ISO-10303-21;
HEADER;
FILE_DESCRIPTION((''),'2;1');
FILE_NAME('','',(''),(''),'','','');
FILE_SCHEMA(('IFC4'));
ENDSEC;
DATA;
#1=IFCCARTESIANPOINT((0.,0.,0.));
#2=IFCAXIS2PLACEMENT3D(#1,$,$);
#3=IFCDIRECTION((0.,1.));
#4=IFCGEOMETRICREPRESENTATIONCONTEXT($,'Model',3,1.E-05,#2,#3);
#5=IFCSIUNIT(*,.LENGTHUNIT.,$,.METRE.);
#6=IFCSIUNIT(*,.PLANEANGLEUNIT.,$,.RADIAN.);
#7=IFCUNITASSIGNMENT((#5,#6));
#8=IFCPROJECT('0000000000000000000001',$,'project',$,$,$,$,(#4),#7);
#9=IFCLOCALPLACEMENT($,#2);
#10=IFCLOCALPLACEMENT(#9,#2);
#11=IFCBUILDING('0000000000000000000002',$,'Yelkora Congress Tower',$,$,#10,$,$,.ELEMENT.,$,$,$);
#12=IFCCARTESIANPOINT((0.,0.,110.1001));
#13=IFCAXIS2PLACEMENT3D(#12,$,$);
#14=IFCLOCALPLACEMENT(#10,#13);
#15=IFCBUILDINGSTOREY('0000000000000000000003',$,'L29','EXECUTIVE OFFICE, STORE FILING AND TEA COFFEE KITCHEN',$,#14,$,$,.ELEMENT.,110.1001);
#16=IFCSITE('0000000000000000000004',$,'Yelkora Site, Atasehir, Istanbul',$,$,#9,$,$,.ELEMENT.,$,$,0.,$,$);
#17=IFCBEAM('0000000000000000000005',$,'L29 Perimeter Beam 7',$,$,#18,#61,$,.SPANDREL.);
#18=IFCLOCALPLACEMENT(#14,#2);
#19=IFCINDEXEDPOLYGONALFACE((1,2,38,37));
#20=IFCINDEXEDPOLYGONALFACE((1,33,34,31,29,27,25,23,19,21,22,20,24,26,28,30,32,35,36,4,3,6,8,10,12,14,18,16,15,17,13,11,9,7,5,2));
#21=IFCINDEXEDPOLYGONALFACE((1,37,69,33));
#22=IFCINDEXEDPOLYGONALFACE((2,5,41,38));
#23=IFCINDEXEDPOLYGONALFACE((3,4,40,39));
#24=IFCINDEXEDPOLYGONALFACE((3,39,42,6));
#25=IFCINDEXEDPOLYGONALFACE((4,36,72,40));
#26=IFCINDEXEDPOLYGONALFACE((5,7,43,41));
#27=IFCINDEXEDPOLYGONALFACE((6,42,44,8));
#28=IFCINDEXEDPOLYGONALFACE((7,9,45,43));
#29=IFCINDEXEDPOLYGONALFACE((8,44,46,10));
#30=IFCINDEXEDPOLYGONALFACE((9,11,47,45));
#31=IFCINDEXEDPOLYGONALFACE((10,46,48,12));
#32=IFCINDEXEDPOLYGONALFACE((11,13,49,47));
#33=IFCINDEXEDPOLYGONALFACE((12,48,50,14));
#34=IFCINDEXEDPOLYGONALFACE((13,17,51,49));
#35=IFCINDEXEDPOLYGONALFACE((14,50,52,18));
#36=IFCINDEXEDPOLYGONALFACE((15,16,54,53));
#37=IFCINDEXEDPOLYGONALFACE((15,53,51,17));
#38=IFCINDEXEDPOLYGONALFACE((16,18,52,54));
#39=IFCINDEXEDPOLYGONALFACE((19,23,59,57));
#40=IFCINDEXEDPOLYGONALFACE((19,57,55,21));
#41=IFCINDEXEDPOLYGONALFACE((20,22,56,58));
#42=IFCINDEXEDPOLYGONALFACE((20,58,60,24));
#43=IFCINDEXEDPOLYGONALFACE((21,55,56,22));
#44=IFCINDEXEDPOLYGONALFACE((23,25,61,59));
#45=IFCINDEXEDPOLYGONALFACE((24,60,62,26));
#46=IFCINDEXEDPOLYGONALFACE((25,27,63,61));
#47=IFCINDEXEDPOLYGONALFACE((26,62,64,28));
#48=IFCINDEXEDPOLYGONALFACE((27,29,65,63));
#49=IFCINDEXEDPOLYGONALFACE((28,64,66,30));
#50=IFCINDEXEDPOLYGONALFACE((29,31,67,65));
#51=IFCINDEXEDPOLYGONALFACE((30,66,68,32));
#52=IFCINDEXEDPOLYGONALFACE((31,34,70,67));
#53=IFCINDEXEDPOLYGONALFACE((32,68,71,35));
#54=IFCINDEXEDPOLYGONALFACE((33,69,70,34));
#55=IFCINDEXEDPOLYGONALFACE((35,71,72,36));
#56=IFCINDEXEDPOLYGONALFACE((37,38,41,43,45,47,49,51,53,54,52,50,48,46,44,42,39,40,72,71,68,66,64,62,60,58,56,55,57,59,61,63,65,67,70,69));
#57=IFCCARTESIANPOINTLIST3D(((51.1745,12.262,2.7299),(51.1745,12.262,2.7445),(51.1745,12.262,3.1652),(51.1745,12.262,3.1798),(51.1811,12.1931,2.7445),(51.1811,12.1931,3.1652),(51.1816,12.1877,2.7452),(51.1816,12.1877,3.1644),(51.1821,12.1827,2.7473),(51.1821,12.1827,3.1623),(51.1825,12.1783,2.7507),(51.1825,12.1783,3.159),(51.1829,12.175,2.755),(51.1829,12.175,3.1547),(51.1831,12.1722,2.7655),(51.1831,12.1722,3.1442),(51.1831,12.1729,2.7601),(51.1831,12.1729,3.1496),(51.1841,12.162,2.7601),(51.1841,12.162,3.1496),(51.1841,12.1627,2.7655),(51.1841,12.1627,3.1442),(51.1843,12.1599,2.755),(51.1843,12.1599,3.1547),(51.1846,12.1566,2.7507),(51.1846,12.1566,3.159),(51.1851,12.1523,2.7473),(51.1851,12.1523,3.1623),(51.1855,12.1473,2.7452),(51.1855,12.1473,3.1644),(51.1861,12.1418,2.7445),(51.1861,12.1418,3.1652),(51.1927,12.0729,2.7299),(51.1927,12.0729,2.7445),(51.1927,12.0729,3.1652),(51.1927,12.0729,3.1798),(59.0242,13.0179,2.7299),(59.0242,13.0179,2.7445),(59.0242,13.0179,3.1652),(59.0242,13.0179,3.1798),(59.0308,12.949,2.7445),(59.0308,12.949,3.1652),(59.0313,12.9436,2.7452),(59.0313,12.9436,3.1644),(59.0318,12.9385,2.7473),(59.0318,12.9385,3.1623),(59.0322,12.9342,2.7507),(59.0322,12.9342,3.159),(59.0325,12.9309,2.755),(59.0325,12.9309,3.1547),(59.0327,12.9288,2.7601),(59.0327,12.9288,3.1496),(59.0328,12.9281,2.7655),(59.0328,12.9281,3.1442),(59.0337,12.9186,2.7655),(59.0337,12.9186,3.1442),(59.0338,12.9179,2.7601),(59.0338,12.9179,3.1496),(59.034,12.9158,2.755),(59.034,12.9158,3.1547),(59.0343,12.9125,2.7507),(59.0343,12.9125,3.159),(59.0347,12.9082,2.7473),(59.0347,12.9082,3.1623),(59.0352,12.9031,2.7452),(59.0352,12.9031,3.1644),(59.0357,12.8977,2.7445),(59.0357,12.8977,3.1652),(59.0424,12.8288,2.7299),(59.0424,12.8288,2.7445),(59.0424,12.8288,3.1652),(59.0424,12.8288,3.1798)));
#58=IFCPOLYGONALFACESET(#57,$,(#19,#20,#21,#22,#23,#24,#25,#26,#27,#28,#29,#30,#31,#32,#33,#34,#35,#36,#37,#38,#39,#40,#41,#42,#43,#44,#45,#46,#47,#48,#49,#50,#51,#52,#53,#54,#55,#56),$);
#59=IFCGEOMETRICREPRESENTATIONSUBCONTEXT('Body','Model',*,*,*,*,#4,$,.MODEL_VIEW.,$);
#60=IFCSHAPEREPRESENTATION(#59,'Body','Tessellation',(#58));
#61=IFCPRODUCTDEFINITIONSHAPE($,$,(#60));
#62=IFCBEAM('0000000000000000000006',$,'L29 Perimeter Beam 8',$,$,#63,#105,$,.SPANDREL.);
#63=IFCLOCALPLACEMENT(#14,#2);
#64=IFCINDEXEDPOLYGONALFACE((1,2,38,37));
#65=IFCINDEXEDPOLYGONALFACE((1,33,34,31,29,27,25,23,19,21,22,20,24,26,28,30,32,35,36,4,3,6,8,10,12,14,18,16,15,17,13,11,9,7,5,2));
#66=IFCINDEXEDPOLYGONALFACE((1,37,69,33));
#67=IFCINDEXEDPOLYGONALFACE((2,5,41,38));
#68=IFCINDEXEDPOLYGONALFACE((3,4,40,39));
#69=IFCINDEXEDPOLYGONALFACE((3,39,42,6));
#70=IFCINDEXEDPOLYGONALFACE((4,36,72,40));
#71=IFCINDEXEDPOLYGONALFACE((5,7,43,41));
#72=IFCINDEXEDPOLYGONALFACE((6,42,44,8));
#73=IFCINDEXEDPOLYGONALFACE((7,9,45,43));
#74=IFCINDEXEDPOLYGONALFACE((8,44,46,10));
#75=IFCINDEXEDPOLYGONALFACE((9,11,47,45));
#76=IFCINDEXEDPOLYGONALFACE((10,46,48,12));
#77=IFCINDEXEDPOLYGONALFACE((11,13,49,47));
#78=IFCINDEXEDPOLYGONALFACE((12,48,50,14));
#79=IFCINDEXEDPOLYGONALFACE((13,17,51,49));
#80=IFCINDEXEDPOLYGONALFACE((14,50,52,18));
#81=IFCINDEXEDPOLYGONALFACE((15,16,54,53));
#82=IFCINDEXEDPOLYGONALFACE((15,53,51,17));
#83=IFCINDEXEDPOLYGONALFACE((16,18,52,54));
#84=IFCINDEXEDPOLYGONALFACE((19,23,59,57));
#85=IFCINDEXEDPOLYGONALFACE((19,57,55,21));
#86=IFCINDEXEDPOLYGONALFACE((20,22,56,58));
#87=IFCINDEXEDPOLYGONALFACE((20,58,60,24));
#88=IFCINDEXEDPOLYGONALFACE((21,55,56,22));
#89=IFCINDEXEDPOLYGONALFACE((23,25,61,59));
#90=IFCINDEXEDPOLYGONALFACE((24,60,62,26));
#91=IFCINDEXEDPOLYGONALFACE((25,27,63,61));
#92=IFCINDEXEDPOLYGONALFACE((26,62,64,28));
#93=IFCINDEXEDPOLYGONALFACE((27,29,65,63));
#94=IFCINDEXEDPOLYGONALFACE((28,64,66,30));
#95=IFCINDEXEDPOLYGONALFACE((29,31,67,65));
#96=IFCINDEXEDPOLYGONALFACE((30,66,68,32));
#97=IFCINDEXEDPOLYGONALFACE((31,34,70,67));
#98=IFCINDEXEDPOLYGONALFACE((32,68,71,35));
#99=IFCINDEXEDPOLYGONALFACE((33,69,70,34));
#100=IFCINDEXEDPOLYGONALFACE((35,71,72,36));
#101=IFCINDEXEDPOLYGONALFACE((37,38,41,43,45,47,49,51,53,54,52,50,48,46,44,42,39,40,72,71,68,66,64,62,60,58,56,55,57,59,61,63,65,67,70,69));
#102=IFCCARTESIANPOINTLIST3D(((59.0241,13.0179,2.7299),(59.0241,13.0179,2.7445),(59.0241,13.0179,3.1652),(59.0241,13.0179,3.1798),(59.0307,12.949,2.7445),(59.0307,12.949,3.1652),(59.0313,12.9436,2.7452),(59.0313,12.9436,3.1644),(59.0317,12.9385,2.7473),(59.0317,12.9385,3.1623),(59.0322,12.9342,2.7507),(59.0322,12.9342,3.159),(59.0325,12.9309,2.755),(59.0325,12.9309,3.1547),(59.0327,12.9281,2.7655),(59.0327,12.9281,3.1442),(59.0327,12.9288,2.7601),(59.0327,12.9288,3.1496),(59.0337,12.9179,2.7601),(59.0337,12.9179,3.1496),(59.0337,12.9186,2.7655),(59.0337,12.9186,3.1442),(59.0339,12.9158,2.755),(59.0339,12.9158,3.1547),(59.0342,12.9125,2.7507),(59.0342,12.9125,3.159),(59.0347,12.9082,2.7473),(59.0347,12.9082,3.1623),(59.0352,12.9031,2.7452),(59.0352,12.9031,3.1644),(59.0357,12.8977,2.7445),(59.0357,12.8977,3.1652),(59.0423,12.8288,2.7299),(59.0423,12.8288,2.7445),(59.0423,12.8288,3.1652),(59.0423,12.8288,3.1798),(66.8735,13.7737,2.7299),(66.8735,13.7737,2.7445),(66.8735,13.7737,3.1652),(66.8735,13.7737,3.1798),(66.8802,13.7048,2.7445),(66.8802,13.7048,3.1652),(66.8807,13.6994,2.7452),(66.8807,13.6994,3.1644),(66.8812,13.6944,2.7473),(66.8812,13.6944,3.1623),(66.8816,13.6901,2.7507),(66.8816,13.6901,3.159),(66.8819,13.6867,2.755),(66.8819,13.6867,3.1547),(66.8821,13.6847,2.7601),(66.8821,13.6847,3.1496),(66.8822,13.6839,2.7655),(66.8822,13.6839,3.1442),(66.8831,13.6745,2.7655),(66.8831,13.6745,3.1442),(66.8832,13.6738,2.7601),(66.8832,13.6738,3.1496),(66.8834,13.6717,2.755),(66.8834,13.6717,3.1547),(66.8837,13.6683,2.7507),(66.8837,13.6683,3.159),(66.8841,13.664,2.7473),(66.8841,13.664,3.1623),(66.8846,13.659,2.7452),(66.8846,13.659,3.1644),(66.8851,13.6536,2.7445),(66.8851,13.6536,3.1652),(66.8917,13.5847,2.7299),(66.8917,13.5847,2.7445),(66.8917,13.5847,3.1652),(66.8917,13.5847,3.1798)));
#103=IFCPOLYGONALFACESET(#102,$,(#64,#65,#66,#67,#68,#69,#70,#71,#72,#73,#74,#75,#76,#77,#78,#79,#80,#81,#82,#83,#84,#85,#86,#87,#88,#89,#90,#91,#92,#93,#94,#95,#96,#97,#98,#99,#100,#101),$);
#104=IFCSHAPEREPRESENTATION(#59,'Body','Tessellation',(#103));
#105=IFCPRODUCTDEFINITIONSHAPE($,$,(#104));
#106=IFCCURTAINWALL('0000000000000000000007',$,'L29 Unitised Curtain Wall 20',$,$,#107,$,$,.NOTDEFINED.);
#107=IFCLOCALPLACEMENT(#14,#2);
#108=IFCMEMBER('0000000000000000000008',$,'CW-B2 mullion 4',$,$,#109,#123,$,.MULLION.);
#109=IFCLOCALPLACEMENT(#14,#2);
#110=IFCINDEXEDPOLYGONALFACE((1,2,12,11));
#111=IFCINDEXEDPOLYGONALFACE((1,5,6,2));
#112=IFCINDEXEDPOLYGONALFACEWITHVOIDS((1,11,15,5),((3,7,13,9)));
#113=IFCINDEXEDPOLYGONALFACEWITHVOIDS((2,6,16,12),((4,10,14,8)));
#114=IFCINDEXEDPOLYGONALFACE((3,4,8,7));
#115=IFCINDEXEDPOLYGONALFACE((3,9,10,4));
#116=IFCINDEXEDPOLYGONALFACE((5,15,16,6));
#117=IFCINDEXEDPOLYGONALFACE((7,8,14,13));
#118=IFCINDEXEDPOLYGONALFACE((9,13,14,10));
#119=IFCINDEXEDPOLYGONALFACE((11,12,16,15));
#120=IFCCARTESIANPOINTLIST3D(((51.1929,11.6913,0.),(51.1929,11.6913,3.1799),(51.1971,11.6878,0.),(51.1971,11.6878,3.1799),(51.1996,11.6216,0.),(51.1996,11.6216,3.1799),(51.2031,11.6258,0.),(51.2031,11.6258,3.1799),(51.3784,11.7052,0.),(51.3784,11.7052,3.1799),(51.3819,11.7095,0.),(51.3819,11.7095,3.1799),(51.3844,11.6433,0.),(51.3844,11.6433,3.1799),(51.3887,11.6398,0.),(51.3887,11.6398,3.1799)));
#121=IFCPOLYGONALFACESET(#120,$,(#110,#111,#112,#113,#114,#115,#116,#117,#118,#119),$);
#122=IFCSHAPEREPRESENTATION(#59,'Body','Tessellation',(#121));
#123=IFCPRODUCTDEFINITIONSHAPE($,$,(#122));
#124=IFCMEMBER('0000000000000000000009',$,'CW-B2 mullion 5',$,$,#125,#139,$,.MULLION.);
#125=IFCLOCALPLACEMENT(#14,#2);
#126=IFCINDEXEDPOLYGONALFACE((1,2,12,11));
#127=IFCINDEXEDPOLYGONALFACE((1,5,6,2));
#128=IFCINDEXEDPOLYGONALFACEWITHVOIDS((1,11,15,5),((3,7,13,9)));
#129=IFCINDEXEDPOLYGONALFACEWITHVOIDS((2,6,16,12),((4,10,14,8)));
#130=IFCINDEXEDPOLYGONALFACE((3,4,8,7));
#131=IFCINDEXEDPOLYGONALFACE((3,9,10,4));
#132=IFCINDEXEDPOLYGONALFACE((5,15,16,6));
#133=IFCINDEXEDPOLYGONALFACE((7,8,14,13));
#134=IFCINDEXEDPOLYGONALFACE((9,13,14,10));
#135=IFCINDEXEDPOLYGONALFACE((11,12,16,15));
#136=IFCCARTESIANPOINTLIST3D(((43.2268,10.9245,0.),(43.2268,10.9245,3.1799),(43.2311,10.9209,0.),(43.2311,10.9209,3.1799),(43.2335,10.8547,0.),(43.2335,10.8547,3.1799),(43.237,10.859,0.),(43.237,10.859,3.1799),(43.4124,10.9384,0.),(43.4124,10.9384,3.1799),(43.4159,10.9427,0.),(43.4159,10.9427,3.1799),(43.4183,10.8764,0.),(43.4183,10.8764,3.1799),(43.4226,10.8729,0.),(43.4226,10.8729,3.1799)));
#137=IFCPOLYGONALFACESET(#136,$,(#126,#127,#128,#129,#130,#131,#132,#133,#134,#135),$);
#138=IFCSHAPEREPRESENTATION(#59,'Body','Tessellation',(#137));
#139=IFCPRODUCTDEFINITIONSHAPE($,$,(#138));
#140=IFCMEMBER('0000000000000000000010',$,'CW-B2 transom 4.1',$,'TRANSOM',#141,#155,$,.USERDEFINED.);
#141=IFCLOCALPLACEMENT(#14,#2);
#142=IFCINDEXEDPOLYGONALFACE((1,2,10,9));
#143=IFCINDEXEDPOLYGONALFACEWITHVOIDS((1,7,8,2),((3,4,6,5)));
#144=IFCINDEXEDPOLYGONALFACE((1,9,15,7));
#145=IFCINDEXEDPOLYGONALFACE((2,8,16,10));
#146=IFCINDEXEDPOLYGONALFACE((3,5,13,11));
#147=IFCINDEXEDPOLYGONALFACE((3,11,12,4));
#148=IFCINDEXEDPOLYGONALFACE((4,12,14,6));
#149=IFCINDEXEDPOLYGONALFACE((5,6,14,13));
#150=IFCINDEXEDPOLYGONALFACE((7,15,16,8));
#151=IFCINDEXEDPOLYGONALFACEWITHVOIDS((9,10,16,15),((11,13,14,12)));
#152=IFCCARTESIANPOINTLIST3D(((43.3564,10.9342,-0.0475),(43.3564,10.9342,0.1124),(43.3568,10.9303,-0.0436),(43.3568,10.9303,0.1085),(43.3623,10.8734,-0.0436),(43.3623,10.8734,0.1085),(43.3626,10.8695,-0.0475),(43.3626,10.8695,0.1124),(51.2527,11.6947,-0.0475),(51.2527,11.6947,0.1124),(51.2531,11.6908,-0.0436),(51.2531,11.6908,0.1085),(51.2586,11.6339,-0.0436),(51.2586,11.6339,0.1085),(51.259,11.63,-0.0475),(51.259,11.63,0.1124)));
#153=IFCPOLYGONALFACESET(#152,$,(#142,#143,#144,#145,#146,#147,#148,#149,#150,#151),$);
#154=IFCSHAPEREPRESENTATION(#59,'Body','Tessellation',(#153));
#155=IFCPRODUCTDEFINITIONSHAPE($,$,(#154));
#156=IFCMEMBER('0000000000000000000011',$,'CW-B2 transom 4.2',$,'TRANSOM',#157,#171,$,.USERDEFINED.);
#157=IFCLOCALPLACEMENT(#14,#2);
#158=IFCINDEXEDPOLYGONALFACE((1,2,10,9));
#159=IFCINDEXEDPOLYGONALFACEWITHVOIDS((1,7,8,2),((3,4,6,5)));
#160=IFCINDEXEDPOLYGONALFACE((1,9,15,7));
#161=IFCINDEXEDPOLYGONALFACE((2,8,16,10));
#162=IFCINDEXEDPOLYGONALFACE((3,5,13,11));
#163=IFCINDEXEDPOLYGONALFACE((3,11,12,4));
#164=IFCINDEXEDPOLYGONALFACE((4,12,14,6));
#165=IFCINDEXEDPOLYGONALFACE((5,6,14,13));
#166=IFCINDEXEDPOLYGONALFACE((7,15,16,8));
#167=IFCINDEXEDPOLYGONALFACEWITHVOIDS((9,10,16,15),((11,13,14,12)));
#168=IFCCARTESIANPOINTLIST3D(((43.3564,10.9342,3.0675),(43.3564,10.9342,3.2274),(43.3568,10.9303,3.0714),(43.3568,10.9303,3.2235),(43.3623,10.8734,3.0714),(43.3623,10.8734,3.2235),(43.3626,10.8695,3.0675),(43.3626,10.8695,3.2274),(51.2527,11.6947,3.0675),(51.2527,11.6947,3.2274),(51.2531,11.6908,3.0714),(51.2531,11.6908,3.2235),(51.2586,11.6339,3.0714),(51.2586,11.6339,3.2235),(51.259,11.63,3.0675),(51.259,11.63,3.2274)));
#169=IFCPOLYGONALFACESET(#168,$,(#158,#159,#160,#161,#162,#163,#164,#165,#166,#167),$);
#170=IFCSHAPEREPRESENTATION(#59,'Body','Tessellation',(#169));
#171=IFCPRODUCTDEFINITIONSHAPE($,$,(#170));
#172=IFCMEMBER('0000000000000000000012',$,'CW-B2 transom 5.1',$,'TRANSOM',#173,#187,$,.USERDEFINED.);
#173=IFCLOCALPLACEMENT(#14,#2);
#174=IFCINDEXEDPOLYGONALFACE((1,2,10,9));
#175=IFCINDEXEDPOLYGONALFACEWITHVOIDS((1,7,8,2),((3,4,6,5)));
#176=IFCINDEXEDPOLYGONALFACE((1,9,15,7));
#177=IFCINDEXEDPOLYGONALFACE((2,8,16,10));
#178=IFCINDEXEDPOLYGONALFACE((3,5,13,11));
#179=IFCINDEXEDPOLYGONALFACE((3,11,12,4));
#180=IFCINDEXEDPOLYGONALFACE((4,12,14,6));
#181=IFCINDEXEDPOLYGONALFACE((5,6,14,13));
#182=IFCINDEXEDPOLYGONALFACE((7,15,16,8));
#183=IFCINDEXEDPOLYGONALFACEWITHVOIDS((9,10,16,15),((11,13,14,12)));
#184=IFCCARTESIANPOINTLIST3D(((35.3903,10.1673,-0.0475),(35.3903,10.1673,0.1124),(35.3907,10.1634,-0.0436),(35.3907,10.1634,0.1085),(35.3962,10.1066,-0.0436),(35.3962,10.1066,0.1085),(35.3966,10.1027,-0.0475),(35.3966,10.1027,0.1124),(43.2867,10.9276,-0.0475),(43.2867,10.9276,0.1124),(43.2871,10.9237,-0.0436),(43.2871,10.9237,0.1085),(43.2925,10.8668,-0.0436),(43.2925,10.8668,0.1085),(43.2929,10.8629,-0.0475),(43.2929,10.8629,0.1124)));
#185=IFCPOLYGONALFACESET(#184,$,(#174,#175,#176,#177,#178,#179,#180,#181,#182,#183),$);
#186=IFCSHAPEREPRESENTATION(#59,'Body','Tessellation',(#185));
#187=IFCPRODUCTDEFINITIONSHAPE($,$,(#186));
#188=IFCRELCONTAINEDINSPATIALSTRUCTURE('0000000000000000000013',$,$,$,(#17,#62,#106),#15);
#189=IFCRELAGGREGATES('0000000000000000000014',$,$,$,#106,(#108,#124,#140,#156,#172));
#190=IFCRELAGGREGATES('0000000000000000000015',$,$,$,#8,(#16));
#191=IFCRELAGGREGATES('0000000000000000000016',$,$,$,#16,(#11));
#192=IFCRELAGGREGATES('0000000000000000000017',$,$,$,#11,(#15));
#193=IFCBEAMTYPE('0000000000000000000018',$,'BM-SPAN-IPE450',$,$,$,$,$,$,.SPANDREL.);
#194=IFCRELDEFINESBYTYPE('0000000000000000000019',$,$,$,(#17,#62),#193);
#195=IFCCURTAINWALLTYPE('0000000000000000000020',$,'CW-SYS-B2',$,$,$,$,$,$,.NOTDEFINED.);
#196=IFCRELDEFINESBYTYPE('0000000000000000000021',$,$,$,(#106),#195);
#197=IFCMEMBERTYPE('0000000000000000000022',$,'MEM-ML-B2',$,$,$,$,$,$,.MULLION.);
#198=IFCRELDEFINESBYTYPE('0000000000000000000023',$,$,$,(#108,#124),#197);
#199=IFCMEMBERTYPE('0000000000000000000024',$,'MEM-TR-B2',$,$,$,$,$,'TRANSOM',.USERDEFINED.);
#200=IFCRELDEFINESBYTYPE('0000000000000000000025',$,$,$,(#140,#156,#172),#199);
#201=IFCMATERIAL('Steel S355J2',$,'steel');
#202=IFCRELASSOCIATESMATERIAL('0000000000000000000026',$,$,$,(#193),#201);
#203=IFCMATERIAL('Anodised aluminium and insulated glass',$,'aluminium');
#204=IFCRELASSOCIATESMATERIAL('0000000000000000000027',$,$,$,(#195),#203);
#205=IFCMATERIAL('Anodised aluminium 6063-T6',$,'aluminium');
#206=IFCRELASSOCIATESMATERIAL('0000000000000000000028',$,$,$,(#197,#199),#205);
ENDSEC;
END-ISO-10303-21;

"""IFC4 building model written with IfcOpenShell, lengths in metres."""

from ifc_helpers import new_model, si_unit, direction, frame, origin, origin_2d, place, context, subcontext, project, spatial, hollow_rectangle, i_section, extrude, material, material_profile, profile_set, type_object, element, aggregate, save


model = new_model("IFC4")

# Units and contexts
model_context = context("Model", 3, precision=1e-05, world=origin(), true_north=direction((0.0, 1.0)))
body_context = subcontext(model_context, "Body", "Model", "MODEL_VIEW")
ifc_project = project(units=[si_unit("LENGTHUNIT", "METRE"), si_unit("PLANEANGLEUNIT", "RADIAN")], contexts=[model_context])

# Site, building, storey
site_placement = place(None, origin())
site = spatial("IfcSite", under=ifc_project, at=site_placement, Name="Yelkora Site, Atasehir, Istanbul", CompositionType="ELEMENT", RefElevation=0.0)
building_placement = place(site_placement, origin())
building = spatial("IfcBuilding", under=site, at=building_placement, Name="Yelkora Congress Tower", CompositionType="ELEMENT")
storey_placement = place(building_placement, frame((0.0, 0.0, 110.1001)))
storey = spatial("IfcBuildingStorey", under=building, at=storey_placement, Name="L29", Description="EXECUTIVE OFFICE, STORE FILING AND TEA COFFEE KITCHEN", CompositionType="ELEMENT", Elevation=110.1001)

# Beams
ifc_material_1 = material(Name="Steel S355J2", Category="steel")
ifc_material_profile_1 = material_profile(ifc_material_1, i_section(OverallWidth=0.1899, OverallDepth=0.45, WebThickness=0.0095, FlangeThickness=0.0146, FilletRadius=0.021, at=origin_2d()), Name="IPE 450")
ifc_profile_set_1 = profile_set([ifc_material_profile_1], Name="Steel S355J2")
beam_type_1 = type_object("IfcBeamType", Name="BM-SPAN-IPE450", PredefinedType="SPANDREL", material=ifc_profile_set_1)
beam_1_placement = place(storey_placement, frame((51.1836, 12.1675, 2.9548), z_axis=(0.995396, 0.095849, 0.0), x_axis=(-0.095849, 0.995396, 0.0)))
element("IfcBeam", 1, at=beam_1_placement, inside=storey, type_object=beam_type_1, Name="L29 Perimeter Beam 7", PredefinedType="SPANDREL", context=body_context, shape_type="SweptSolid", body=[
    extrude(i_section(OverallWidth=0.1899, OverallDepth=0.45, WebThickness=0.0095, FlangeThickness=0.0146, FilletRadius=0.021, at=origin_2d()), origin(), (0.0, 0.0, 1.0), 7.886),
])
beam_2_placement = place(storey_placement, frame((59.0332, 12.9233, 2.9548), z_axis=(0.995396, 0.095852, 0.0), x_axis=(-0.095852, 0.995396, 0.0)))
element("IfcBeam", 2, at=beam_2_placement, inside=storey, type_object=beam_type_1, Name="L29 Perimeter Beam 8", PredefinedType="SPANDREL", context=body_context, shape_type="SweptSolid", body=[
    extrude(i_section(OverallWidth=0.1899, OverallDepth=0.45, WebThickness=0.0095, FlangeThickness=0.0146, FilletRadius=0.021, at=origin_2d()), origin(), (0.0, 0.0, 1.0), 7.8857),
])

# Curtain wall, members
ifc_material_2 = material(Name="Anodised aluminium and insulated glass", Category="aluminium")
curtain_wall_type = type_object("IfcCurtainWallType", Name="CW-SYS-B2", PredefinedType="NOTDEFINED", material=ifc_material_2)
curtain_wall_placement = place(storey_placement, origin())
curtain_wall = element("IfcCurtainWall", 3, at=curtain_wall_placement, inside=storey, type_object=curtain_wall_type, Name="L29 Unitised Curtain Wall 20", PredefinedType="NOTDEFINED")
ifc_material_3 = material(Name="Anodised aluminium 6063-T6", Category="aluminium")
ifc_material_profile_2 = material_profile(ifc_material_3, hollow_rectangle(XDim=0.0701, YDim=0.1899, WallThickness=0.0039, at=origin_2d()), Name="ALU 70x190x4")
ifc_profile_set_2 = profile_set([ifc_material_profile_2], Name="Anodised aluminium 6063-T6")
member_type_1 = type_object("IfcMemberType", Name="MEM-ML-B2", PredefinedType="MULLION", material=ifc_profile_set_2)
member_1_placement = place(storey_placement, frame((51.2908, 11.6655, 0.0), z_axis=(0.0, 0.0, 1.0), x_axis=(0.095844, -0.995396, 0.0)))
member_1 = element("IfcMember", 4, at=member_1_placement, type_object=member_type_1, Name="CW-B2 mullion 4", PredefinedType="MULLION", context=body_context, shape_type="SweptSolid", body=[
    extrude(hollow_rectangle(XDim=0.0701, YDim=0.1899, WallThickness=0.0039, at=origin_2d()), origin(), (0.0, 0.0, 1.0), 3.1799),
])
member_2_placement = place(storey_placement, frame((43.3247, 10.8987, 0.0), z_axis=(0.0, 0.0, 1.0), x_axis=(0.095844, -0.995396, 0.0)))
member_2 = element("IfcMember", 5, at=member_2_placement, type_object=member_type_1, Name="CW-B2 mullion 5", PredefinedType="MULLION", context=body_context, shape_type="SweptSolid", body=[
    extrude(hollow_rectangle(XDim=0.0701, YDim=0.1899, WallThickness=0.0039, at=origin_2d()), origin(), (0.0, 0.0, 1.0), 3.1799),
])
ifc_material_profile_3 = material_profile(ifc_material_3, hollow_rectangle(XDim=0.0649, YDim=0.1599, WallThickness=0.0039, at=origin_2d()), Name="ALU 65x160x4")
ifc_profile_set_3 = profile_set([ifc_material_profile_3], Name="Anodised aluminium 6063-T6")
member_type_2 = type_object("IfcMemberType", Name="MEM-TR-B2", ElementType="TRANSOM", PredefinedType="USERDEFINED", material=ifc_profile_set_3)
member_3_placement = place(storey_placement, frame((51.2559, 11.6624, 0.0325), z_axis=(-0.995394, -0.095868, 0.0), x_axis=(0.095868, -0.995394, 0.0)))
member_3 = element("IfcMember", 6, at=member_3_placement, type_object=member_type_2, Name="CW-B2 transom 4.1", ObjectType="TRANSOM", PredefinedType="USERDEFINED", context=body_context, shape_type="SweptSolid", body=[
    extrude(hollow_rectangle(XDim=0.0649, YDim=0.1599, WallThickness=0.0039, at=origin_2d()), origin(), (0.0, 0.0, 1.0), 7.9329),
])
member_4_placement = place(storey_placement, frame((51.2559, 11.6624, 3.1475), z_axis=(-0.995394, -0.095868, 0.0), x_axis=(0.095868, -0.995394, 0.0)))
member_4 = element("IfcMember", 7, at=member_4_placement, type_object=member_type_2, Name="CW-B2 transom 4.2", ObjectType="TRANSOM", PredefinedType="USERDEFINED", context=body_context, shape_type="SweptSolid", body=[
    extrude(hollow_rectangle(XDim=0.0649, YDim=0.1599, WallThickness=0.0039, at=origin_2d()), origin(), (0.0, 0.0, 1.0), 7.9329),
])
member_5_placement = place(storey_placement, frame((43.2898, 10.8953, 0.0325), z_axis=(-0.995397, -0.095837, 0.0), x_axis=(0.095837, -0.995397, 0.0)))
member_5 = element("IfcMember", 8, at=member_5_placement, type_object=member_type_2, Name="CW-B2 transom 5.1", ObjectType="TRANSOM", PredefinedType="USERDEFINED", context=body_context, shape_type="SweptSolid", body=[
    extrude(hollow_rectangle(XDim=0.0649, YDim=0.1599, WallThickness=0.0039, at=origin_2d()), origin(), (0.0, 0.0, 1.0), 7.9329),
])
aggregate(curtain_wall, [member_1, member_2, member_3, member_4, member_5])

save(model, "model.ifc")
